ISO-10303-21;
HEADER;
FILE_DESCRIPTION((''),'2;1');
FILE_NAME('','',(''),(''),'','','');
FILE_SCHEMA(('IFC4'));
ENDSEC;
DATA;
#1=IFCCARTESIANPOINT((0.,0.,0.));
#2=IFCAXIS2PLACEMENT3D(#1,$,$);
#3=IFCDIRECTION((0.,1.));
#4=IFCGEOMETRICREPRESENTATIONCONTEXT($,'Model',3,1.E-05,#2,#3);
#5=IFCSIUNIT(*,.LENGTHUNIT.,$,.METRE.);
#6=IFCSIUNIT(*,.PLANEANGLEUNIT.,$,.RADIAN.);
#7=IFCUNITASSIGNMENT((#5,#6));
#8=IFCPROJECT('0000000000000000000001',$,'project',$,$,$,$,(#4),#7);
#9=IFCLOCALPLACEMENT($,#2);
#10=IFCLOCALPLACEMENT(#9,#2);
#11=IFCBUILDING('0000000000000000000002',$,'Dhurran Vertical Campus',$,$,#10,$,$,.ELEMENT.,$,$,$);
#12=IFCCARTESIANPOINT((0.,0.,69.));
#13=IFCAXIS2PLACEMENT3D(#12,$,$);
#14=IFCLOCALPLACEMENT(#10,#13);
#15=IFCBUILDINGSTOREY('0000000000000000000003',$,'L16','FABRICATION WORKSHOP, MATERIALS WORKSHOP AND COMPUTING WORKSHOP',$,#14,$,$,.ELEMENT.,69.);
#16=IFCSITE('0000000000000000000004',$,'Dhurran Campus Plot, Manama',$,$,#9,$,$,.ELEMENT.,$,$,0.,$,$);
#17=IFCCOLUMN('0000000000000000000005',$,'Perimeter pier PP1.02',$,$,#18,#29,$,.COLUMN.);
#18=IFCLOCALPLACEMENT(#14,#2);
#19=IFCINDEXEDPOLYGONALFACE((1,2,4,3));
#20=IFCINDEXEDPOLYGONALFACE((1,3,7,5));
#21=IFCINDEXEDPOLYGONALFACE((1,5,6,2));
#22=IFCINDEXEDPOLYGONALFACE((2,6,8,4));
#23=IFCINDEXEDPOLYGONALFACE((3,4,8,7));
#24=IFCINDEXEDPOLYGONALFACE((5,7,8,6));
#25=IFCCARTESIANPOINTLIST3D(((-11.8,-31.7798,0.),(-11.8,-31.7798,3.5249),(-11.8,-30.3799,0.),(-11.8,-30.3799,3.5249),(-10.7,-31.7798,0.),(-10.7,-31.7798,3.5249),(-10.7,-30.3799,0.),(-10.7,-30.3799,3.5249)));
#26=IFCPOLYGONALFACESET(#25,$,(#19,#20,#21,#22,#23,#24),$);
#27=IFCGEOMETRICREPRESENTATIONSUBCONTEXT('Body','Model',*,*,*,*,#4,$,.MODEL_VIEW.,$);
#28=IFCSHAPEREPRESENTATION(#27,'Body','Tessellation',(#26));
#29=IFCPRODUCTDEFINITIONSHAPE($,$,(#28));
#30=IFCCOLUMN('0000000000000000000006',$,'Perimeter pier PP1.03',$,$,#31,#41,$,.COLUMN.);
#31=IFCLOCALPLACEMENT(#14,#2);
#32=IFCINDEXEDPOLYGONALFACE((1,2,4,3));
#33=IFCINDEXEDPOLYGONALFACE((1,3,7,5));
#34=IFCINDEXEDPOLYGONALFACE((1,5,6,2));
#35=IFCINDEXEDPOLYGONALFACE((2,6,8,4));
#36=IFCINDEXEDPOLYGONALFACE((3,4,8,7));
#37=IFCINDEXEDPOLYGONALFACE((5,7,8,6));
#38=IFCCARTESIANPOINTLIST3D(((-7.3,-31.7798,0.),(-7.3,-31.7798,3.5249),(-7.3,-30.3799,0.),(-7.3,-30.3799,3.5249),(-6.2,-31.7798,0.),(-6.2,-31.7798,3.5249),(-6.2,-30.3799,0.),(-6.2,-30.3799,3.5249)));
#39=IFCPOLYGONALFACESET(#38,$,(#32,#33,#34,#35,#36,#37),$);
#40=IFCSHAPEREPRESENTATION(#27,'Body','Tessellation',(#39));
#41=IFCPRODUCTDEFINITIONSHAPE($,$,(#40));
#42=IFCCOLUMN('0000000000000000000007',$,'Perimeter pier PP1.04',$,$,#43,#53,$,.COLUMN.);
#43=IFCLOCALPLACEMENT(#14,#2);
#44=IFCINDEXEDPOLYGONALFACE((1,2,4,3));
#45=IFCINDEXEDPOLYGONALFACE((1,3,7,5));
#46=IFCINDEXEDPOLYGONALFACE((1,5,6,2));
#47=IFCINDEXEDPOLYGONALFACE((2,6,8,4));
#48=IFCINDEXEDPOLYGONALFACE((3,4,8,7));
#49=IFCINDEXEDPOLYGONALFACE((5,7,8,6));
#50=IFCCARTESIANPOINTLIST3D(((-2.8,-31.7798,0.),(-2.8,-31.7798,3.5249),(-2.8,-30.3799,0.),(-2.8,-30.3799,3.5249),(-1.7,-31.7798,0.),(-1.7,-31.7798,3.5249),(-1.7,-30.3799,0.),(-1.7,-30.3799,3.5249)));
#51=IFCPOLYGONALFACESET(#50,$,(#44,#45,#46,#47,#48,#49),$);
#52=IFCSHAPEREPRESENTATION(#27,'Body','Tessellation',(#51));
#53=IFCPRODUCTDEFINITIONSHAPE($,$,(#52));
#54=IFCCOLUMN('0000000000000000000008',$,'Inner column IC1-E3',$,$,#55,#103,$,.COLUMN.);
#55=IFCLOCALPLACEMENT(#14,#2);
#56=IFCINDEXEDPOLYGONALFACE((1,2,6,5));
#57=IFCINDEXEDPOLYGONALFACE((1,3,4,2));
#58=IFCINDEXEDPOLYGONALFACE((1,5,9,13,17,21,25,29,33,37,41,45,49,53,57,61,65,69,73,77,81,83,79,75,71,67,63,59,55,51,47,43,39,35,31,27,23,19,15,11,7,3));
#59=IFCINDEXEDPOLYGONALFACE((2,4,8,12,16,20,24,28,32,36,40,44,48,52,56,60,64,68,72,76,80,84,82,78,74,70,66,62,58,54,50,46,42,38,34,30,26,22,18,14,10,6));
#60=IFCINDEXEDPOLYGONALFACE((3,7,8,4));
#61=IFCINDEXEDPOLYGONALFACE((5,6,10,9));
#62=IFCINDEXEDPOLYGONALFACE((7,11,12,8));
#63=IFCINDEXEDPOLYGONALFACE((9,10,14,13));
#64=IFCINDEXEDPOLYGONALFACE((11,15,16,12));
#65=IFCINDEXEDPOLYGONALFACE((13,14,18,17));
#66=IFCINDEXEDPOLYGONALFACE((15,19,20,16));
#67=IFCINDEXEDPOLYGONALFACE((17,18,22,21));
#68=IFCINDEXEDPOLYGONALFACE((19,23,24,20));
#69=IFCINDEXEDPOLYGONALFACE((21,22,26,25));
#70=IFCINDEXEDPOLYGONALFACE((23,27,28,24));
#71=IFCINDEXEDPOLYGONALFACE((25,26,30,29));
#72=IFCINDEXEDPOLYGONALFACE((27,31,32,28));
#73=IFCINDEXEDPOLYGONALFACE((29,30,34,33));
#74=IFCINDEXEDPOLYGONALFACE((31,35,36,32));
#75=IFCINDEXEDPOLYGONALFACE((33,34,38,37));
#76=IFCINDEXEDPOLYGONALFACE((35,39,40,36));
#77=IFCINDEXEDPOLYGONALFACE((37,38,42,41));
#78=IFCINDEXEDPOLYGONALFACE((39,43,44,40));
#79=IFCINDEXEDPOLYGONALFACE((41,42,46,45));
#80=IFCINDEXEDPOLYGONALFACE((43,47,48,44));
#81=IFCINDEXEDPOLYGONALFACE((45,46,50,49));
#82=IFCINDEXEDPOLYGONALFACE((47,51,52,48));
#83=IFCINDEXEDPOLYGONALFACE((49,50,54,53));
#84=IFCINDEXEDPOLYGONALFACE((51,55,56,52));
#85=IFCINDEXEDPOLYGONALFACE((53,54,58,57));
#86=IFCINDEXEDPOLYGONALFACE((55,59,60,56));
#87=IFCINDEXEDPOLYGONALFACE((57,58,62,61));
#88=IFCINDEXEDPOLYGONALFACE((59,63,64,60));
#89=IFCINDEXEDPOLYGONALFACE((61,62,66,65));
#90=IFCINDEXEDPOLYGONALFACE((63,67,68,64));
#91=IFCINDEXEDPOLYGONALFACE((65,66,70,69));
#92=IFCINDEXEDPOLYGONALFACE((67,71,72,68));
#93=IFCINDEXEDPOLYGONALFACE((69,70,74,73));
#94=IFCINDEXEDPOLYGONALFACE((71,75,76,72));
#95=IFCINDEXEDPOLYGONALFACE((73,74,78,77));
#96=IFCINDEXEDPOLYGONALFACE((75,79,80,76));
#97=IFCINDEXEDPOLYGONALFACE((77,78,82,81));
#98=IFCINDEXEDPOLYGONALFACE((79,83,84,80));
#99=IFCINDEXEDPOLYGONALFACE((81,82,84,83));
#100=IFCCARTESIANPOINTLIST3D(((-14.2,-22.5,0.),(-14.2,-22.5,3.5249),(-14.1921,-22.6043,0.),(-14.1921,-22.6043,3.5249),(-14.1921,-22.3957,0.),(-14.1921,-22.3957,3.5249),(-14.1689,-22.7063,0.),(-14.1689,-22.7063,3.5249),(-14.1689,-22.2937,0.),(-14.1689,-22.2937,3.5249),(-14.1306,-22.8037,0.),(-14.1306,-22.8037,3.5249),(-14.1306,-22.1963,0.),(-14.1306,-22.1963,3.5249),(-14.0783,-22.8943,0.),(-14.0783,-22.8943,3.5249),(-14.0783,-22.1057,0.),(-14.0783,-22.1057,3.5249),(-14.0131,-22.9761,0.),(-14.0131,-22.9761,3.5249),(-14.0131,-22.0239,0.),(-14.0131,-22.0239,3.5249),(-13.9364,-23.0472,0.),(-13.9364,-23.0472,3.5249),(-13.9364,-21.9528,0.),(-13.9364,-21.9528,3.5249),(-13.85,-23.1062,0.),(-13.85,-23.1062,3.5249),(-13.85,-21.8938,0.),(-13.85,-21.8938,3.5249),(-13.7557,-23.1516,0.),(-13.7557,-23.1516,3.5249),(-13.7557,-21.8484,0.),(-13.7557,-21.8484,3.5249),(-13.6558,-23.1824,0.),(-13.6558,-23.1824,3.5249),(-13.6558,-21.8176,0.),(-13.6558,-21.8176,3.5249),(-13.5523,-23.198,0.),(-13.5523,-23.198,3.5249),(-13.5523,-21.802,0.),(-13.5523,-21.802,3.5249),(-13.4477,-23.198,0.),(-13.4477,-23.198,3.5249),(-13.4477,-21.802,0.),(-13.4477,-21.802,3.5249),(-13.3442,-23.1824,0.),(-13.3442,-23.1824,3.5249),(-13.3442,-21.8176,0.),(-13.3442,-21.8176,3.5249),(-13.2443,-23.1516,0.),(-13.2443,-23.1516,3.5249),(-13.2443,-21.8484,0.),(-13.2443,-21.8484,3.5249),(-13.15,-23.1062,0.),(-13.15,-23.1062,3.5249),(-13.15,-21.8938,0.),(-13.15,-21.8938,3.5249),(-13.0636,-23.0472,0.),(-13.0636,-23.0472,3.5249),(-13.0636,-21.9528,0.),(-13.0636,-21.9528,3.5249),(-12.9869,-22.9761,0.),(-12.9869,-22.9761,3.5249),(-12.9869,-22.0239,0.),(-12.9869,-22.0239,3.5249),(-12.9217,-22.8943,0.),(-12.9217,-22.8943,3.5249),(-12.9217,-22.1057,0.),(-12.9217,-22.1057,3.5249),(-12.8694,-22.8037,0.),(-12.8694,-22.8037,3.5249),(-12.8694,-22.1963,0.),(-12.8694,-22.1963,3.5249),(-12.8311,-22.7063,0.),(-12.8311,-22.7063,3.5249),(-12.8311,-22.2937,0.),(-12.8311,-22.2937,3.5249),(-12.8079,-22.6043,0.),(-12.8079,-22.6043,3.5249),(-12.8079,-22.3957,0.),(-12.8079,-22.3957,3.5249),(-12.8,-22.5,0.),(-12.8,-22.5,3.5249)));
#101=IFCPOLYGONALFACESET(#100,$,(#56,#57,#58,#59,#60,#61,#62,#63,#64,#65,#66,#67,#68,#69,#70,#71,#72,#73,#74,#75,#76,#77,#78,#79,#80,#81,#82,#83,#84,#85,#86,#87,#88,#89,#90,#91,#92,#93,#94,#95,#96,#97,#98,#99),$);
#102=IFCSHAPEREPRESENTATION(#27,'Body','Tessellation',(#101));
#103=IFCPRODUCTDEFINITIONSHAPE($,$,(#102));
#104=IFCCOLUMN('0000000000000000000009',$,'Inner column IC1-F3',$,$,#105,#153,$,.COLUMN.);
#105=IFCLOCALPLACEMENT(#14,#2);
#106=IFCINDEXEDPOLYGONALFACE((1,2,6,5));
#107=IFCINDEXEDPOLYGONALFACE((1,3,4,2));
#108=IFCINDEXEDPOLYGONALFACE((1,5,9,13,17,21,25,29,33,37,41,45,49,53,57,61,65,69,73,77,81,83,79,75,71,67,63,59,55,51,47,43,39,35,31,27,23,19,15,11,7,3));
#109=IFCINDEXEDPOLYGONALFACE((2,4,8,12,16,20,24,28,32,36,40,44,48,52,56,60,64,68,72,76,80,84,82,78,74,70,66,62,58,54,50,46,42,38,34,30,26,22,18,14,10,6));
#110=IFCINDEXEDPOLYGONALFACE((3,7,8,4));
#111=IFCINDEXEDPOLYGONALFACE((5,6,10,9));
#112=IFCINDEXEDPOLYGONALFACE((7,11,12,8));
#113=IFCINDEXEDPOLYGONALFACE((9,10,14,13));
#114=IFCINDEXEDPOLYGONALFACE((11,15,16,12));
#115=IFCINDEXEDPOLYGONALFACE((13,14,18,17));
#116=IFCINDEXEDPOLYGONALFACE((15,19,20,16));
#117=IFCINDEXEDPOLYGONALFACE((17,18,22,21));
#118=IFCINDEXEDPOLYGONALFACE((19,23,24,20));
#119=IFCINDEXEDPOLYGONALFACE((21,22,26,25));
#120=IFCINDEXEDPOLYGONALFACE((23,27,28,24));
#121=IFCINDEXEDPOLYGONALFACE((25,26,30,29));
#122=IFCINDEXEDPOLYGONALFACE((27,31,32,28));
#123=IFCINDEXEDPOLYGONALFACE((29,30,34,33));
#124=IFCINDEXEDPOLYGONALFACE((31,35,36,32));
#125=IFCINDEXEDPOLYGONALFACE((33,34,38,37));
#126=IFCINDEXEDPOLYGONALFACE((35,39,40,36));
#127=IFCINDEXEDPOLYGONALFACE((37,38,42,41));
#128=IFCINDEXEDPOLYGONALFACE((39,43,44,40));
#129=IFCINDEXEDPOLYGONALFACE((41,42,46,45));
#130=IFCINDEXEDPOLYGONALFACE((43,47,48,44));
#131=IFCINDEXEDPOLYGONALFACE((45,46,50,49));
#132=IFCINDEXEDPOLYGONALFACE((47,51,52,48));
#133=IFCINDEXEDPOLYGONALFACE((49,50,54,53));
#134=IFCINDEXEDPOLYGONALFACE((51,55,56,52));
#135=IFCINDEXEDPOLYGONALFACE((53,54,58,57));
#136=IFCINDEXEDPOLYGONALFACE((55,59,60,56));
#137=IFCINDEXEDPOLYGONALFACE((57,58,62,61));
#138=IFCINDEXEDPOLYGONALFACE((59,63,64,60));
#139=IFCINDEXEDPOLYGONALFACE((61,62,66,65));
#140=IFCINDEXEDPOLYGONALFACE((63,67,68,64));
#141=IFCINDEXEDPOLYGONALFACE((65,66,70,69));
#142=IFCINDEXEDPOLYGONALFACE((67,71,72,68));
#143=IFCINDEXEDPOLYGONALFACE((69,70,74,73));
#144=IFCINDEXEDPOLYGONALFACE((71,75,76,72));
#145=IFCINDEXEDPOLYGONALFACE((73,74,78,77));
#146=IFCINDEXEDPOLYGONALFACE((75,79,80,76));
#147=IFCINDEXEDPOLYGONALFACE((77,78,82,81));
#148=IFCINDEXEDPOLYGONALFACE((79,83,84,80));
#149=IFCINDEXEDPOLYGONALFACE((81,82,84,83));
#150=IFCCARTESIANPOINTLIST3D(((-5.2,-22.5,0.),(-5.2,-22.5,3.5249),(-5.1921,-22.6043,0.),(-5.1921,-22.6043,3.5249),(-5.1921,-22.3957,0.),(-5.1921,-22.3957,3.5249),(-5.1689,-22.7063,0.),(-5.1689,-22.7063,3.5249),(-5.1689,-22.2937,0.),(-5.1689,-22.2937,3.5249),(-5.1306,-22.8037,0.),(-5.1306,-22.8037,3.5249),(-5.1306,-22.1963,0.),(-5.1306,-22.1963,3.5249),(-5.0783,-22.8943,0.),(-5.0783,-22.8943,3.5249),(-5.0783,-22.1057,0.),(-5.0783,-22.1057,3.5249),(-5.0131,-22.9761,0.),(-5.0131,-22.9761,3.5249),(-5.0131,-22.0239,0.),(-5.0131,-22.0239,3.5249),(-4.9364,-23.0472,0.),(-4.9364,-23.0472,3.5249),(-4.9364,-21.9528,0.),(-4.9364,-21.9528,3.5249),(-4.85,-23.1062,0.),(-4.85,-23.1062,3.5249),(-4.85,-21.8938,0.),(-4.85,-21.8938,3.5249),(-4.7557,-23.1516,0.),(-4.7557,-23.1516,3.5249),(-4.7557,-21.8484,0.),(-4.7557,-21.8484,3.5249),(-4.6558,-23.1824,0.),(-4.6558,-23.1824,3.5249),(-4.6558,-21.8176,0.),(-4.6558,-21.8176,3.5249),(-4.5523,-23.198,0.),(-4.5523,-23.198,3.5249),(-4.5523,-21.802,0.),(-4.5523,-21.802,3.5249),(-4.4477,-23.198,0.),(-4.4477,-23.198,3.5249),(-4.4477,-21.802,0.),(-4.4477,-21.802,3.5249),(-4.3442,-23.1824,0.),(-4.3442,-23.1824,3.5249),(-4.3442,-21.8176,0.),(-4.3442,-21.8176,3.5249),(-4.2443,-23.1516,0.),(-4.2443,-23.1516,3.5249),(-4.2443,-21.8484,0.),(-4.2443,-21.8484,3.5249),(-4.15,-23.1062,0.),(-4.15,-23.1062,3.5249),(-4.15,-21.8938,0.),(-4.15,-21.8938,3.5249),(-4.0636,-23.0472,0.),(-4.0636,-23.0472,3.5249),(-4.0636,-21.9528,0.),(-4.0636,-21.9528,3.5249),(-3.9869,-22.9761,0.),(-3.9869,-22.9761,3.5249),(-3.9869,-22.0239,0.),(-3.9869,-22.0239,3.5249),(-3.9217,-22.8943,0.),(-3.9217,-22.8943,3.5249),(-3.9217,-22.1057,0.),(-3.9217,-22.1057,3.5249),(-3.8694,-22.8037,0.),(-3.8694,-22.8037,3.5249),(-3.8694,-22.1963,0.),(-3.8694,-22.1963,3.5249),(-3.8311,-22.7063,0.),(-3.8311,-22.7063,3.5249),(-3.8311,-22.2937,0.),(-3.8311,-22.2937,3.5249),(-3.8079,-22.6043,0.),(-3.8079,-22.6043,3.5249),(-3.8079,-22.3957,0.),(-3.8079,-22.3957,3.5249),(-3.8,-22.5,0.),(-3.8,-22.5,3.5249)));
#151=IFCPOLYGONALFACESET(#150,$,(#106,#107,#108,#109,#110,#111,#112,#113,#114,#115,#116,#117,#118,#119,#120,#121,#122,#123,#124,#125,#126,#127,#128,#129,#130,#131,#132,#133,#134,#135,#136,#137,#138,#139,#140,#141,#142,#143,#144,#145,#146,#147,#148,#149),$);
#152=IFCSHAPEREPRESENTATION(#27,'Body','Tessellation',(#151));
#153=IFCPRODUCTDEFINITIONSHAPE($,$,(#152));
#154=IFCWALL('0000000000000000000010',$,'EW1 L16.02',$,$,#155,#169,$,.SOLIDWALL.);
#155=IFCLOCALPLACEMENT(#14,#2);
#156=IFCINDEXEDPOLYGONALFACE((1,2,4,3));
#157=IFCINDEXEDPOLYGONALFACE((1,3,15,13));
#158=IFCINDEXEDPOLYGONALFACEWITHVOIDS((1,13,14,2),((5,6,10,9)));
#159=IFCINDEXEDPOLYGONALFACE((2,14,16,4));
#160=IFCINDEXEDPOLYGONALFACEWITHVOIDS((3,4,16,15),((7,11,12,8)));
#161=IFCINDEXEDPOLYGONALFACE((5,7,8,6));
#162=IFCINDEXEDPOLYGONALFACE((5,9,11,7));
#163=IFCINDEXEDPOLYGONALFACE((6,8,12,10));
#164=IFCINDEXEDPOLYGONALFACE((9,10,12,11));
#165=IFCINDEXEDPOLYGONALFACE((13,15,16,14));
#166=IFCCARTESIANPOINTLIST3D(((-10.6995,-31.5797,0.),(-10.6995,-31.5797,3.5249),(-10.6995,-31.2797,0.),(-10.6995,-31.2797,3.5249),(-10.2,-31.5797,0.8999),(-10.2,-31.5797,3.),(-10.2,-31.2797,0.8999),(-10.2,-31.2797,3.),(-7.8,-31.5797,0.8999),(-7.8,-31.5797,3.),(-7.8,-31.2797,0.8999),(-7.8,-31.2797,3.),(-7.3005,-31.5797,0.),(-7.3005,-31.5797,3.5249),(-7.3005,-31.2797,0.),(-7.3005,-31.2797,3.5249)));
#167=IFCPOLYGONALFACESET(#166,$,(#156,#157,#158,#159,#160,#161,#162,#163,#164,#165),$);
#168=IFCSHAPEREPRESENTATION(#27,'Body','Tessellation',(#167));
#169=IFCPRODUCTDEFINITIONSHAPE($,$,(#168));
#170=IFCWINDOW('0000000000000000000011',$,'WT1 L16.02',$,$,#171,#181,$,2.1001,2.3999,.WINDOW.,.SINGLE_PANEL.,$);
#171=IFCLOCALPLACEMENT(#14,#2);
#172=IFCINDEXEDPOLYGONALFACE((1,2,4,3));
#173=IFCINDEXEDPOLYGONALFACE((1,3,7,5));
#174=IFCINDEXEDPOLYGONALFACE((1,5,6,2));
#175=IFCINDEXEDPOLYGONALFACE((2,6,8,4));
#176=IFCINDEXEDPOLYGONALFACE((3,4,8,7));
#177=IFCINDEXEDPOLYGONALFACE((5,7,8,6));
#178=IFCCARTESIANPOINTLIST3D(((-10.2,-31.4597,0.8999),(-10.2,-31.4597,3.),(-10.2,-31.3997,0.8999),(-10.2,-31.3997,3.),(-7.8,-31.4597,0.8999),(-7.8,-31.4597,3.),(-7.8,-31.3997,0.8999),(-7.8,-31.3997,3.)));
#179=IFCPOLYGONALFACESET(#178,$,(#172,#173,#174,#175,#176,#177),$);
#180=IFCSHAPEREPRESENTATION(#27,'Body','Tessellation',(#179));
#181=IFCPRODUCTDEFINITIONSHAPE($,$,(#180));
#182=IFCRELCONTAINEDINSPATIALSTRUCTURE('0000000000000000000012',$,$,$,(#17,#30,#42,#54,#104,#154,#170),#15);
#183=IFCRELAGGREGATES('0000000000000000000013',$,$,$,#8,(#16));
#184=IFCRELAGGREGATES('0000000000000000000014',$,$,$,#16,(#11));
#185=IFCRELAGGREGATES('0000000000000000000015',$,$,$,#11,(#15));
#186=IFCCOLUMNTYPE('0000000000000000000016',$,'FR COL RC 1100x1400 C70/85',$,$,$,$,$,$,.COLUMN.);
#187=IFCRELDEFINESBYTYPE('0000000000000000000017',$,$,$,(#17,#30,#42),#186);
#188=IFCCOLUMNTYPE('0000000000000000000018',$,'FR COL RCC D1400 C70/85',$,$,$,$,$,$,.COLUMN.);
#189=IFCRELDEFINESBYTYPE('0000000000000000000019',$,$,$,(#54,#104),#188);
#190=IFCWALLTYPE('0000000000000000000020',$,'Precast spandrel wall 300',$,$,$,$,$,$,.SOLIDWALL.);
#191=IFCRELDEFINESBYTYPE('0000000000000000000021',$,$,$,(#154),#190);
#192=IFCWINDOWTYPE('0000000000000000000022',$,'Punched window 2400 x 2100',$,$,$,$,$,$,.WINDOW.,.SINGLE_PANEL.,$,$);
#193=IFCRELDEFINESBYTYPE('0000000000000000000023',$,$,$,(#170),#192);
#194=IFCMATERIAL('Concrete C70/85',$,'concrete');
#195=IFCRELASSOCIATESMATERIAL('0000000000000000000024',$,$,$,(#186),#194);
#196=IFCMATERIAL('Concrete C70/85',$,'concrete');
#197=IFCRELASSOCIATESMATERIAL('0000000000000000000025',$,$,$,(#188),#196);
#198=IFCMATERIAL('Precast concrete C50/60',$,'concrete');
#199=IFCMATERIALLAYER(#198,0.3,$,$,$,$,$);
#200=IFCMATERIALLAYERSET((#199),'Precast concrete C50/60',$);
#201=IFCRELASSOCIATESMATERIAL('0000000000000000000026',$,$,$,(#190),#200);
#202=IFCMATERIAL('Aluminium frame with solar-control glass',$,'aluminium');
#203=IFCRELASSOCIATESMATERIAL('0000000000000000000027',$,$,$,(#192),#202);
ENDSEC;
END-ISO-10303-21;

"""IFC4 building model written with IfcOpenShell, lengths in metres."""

from ifc_helpers import new_model, si_unit, direction, frame, frame_2d, origin, origin_2d, place, context, subcontext, project, spatial, rectangle, circle, extrude, material, layer, layer_set, material_profile, profile_set, type_object, element, fill, save


model = new_model("IFC4")

# Units and contexts
model_context = context("Model", 3, precision=1e-05, world=origin(), true_north=direction((0.0, 1.0)))
body_context = subcontext(model_context, "Body", "Model", "MODEL_VIEW")
ifc_project = project(units=[si_unit("LENGTHUNIT", "METRE"), si_unit("PLANEANGLEUNIT", "RADIAN")], contexts=[model_context])

# Site, building, storey
site_placement = place(None, origin())
site = spatial("IfcSite", under=ifc_project, at=site_placement, Name="Dhurran Campus Plot, Manama", CompositionType="ELEMENT", RefElevation=0.0)
building_placement = place(site_placement, origin())
building = spatial("IfcBuilding", under=site, at=building_placement, Name="Dhurran Vertical Campus", CompositionType="ELEMENT")
storey_placement = place(building_placement, frame((0.0, 0.0, 69.0)))
storey = spatial("IfcBuildingStorey", under=building, at=storey_placement, Name="L16", Description="FABRICATION WORKSHOP, MATERIALS WORKSHOP AND COMPUTING WORKSHOP", CompositionType="ELEMENT", Elevation=69.0)

# Columns
ifc_material_1 = material(Name="Concrete C70/85", Category="concrete")
ifc_material_profile_1 = material_profile(ifc_material_1, rectangle(XDim=1.1001, YDim=1.3999, at=origin_2d()), Name="RC 1100x1400")
ifc_profile_set_1 = profile_set([ifc_material_profile_1], Name="Concrete C70/85")
column_type_1 = type_object("IfcColumnType", Name="FR COL RC 1100x1400 C70/85", PredefinedType="COLUMN", material=ifc_profile_set_1)
for number, where, z_axis, x_axis, name in (
    (1, (-11.25, -31.0798, 0.0), (0.0, 0.0, 1.0), (1.0, 0.0, 0.0), "Perimeter pier PP1.02"),
    (2, (-6.75, -31.0798, 0.0), (0.0, 0.0, 1.0), (1.0, 0.0, 0.0), "Perimeter pier PP1.03"),
    (3, (-2.25, -31.0798, 0.0), (0.0, 0.0, 1.0), (1.0, 0.0, 0.0), "Perimeter pier PP1.04"),
):
    element("IfcColumn", number, at=place(storey_placement, frame(where, z_axis=z_axis, x_axis=x_axis)), inside=storey, type_object=column_type_1, Name=name, PredefinedType="COLUMN", context=body_context, shape_type="SweptSolid", body=[
        extrude(rectangle(XDim=1.1001, YDim=1.3999, at=origin_2d()), origin(), (0.0, 0.0, 1.0), 3.5249),
    ])
ifc_material_2 = material(Name="Concrete C70/85", Category="concrete")
ifc_material_profile_2 = material_profile(ifc_material_2, circle(Radius=0.7, at=origin_2d()), Name="RCC D1400")
ifc_profile_set_2 = profile_set([ifc_material_profile_2], Name="Concrete C70/85")
column_type_2 = type_object("IfcColumnType", Name="FR COL RCC D1400 C70/85", PredefinedType="COLUMN", material=ifc_profile_set_2)
for number, where, z_axis, x_axis, name in (
    (4, (-13.5, -22.5, 0.0), (0.0, 0.0, 1.0), (1.0, 0.0, 0.0), "Inner column IC1-E3"),
    (5, (-4.5, -22.5, 0.0), (0.0, 0.0, 1.0), (1.0, 0.0, 0.0), "Inner column IC1-F3"),
):
    element("IfcColumn", number, at=place(storey_placement, frame(where, z_axis=z_axis, x_axis=x_axis)), inside=storey, type_object=column_type_2, Name=name, PredefinedType="COLUMN", context=body_context, shape_type="SweptSolid", body=[
        extrude(circle(Radius=0.7, at=origin_2d()), origin(), (0.0, 0.0, 1.0), 3.5249),
    ])

# Wall, opening, window
ifc_material_3 = material(Name="Precast concrete C50/60", Category="concrete")
ifc_layer_1 = layer(ifc_material_3, 0.3)
ifc_layer_set_1 = layer_set([ifc_layer_1], Name="Precast concrete C50/60")
wall_type_1 = type_object("IfcWallType", Name="Precast spandrel wall 300", PredefinedType="SOLIDWALL", material=ifc_layer_set_1)
wall_1_placement = place(storey_placement, frame((-10.6995, -31.4297, 0.0), z_axis=(0.0, 0.0, 1.0), x_axis=(1.0, 0.0, 0.0)))
wall_1 = element("IfcWall", 6, at=wall_1_placement, inside=storey, type_object=wall_type_1, Name="EW1 L16.02", PredefinedType="SOLIDWALL", context=body_context, shape_type="SweptSolid", body=[
    extrude(rectangle(XDim=3.3989, YDim=0.3, at=frame_2d((1.6995, 0.0))), origin(), (0.0, 0.0, 1.0), 3.5249),
])
opening_1_placement = place(wall_1_placement, frame((0.4995, 0.0, 0.8999)))
opening_1 = element("IfcOpeningElement", 7, at=opening_1_placement, cuts=wall_1, PredefinedType="OPENING", context=body_context, shape_type="SweptSolid", body=[
    extrude(rectangle(XDim=2.3999, YDim=2.1001, at=frame_2d((1.2, 1.05))), frame((0.0, 0.1599, 0.0), z_axis=(0.0, -1.0, 0.0), x_axis=(1.0, 0.0, 0.0)), (0.0, 0.0, 1.0), 0.3201),
])
ifc_material_4 = material(Name="Aluminium frame with solar-control glass", Category="aluminium")
window_type = type_object("IfcWindowType", Name="Punched window 2400 x 2100", PartitioningType="SINGLE_PANEL", PredefinedType="WINDOW", material=ifc_material_4)
window_1_placement = place(opening_1_placement, origin())
window_1 = element("IfcWindow", 8, at=window_1_placement, inside=storey, type_object=window_type, Name="WT1 L16.02", OverallHeight=2.1001, OverallWidth=2.3999, PartitioningType="SINGLE_PANEL", PredefinedType="WINDOW", context=body_context, shape_type="SweptSolid", body=[
    extrude(rectangle(XDim=2.3999, YDim=2.1001, at=frame_2d((1.2, 1.05))), frame((0.0, 0.03, 0.0), z_axis=(0.0, -1.0, 0.0), x_axis=(1.0, 0.0, 0.0)), (0.0, 0.0, 1.0), 0.0601),
])
fill(opening_1, window_1)

save(model, "model.ifc")
